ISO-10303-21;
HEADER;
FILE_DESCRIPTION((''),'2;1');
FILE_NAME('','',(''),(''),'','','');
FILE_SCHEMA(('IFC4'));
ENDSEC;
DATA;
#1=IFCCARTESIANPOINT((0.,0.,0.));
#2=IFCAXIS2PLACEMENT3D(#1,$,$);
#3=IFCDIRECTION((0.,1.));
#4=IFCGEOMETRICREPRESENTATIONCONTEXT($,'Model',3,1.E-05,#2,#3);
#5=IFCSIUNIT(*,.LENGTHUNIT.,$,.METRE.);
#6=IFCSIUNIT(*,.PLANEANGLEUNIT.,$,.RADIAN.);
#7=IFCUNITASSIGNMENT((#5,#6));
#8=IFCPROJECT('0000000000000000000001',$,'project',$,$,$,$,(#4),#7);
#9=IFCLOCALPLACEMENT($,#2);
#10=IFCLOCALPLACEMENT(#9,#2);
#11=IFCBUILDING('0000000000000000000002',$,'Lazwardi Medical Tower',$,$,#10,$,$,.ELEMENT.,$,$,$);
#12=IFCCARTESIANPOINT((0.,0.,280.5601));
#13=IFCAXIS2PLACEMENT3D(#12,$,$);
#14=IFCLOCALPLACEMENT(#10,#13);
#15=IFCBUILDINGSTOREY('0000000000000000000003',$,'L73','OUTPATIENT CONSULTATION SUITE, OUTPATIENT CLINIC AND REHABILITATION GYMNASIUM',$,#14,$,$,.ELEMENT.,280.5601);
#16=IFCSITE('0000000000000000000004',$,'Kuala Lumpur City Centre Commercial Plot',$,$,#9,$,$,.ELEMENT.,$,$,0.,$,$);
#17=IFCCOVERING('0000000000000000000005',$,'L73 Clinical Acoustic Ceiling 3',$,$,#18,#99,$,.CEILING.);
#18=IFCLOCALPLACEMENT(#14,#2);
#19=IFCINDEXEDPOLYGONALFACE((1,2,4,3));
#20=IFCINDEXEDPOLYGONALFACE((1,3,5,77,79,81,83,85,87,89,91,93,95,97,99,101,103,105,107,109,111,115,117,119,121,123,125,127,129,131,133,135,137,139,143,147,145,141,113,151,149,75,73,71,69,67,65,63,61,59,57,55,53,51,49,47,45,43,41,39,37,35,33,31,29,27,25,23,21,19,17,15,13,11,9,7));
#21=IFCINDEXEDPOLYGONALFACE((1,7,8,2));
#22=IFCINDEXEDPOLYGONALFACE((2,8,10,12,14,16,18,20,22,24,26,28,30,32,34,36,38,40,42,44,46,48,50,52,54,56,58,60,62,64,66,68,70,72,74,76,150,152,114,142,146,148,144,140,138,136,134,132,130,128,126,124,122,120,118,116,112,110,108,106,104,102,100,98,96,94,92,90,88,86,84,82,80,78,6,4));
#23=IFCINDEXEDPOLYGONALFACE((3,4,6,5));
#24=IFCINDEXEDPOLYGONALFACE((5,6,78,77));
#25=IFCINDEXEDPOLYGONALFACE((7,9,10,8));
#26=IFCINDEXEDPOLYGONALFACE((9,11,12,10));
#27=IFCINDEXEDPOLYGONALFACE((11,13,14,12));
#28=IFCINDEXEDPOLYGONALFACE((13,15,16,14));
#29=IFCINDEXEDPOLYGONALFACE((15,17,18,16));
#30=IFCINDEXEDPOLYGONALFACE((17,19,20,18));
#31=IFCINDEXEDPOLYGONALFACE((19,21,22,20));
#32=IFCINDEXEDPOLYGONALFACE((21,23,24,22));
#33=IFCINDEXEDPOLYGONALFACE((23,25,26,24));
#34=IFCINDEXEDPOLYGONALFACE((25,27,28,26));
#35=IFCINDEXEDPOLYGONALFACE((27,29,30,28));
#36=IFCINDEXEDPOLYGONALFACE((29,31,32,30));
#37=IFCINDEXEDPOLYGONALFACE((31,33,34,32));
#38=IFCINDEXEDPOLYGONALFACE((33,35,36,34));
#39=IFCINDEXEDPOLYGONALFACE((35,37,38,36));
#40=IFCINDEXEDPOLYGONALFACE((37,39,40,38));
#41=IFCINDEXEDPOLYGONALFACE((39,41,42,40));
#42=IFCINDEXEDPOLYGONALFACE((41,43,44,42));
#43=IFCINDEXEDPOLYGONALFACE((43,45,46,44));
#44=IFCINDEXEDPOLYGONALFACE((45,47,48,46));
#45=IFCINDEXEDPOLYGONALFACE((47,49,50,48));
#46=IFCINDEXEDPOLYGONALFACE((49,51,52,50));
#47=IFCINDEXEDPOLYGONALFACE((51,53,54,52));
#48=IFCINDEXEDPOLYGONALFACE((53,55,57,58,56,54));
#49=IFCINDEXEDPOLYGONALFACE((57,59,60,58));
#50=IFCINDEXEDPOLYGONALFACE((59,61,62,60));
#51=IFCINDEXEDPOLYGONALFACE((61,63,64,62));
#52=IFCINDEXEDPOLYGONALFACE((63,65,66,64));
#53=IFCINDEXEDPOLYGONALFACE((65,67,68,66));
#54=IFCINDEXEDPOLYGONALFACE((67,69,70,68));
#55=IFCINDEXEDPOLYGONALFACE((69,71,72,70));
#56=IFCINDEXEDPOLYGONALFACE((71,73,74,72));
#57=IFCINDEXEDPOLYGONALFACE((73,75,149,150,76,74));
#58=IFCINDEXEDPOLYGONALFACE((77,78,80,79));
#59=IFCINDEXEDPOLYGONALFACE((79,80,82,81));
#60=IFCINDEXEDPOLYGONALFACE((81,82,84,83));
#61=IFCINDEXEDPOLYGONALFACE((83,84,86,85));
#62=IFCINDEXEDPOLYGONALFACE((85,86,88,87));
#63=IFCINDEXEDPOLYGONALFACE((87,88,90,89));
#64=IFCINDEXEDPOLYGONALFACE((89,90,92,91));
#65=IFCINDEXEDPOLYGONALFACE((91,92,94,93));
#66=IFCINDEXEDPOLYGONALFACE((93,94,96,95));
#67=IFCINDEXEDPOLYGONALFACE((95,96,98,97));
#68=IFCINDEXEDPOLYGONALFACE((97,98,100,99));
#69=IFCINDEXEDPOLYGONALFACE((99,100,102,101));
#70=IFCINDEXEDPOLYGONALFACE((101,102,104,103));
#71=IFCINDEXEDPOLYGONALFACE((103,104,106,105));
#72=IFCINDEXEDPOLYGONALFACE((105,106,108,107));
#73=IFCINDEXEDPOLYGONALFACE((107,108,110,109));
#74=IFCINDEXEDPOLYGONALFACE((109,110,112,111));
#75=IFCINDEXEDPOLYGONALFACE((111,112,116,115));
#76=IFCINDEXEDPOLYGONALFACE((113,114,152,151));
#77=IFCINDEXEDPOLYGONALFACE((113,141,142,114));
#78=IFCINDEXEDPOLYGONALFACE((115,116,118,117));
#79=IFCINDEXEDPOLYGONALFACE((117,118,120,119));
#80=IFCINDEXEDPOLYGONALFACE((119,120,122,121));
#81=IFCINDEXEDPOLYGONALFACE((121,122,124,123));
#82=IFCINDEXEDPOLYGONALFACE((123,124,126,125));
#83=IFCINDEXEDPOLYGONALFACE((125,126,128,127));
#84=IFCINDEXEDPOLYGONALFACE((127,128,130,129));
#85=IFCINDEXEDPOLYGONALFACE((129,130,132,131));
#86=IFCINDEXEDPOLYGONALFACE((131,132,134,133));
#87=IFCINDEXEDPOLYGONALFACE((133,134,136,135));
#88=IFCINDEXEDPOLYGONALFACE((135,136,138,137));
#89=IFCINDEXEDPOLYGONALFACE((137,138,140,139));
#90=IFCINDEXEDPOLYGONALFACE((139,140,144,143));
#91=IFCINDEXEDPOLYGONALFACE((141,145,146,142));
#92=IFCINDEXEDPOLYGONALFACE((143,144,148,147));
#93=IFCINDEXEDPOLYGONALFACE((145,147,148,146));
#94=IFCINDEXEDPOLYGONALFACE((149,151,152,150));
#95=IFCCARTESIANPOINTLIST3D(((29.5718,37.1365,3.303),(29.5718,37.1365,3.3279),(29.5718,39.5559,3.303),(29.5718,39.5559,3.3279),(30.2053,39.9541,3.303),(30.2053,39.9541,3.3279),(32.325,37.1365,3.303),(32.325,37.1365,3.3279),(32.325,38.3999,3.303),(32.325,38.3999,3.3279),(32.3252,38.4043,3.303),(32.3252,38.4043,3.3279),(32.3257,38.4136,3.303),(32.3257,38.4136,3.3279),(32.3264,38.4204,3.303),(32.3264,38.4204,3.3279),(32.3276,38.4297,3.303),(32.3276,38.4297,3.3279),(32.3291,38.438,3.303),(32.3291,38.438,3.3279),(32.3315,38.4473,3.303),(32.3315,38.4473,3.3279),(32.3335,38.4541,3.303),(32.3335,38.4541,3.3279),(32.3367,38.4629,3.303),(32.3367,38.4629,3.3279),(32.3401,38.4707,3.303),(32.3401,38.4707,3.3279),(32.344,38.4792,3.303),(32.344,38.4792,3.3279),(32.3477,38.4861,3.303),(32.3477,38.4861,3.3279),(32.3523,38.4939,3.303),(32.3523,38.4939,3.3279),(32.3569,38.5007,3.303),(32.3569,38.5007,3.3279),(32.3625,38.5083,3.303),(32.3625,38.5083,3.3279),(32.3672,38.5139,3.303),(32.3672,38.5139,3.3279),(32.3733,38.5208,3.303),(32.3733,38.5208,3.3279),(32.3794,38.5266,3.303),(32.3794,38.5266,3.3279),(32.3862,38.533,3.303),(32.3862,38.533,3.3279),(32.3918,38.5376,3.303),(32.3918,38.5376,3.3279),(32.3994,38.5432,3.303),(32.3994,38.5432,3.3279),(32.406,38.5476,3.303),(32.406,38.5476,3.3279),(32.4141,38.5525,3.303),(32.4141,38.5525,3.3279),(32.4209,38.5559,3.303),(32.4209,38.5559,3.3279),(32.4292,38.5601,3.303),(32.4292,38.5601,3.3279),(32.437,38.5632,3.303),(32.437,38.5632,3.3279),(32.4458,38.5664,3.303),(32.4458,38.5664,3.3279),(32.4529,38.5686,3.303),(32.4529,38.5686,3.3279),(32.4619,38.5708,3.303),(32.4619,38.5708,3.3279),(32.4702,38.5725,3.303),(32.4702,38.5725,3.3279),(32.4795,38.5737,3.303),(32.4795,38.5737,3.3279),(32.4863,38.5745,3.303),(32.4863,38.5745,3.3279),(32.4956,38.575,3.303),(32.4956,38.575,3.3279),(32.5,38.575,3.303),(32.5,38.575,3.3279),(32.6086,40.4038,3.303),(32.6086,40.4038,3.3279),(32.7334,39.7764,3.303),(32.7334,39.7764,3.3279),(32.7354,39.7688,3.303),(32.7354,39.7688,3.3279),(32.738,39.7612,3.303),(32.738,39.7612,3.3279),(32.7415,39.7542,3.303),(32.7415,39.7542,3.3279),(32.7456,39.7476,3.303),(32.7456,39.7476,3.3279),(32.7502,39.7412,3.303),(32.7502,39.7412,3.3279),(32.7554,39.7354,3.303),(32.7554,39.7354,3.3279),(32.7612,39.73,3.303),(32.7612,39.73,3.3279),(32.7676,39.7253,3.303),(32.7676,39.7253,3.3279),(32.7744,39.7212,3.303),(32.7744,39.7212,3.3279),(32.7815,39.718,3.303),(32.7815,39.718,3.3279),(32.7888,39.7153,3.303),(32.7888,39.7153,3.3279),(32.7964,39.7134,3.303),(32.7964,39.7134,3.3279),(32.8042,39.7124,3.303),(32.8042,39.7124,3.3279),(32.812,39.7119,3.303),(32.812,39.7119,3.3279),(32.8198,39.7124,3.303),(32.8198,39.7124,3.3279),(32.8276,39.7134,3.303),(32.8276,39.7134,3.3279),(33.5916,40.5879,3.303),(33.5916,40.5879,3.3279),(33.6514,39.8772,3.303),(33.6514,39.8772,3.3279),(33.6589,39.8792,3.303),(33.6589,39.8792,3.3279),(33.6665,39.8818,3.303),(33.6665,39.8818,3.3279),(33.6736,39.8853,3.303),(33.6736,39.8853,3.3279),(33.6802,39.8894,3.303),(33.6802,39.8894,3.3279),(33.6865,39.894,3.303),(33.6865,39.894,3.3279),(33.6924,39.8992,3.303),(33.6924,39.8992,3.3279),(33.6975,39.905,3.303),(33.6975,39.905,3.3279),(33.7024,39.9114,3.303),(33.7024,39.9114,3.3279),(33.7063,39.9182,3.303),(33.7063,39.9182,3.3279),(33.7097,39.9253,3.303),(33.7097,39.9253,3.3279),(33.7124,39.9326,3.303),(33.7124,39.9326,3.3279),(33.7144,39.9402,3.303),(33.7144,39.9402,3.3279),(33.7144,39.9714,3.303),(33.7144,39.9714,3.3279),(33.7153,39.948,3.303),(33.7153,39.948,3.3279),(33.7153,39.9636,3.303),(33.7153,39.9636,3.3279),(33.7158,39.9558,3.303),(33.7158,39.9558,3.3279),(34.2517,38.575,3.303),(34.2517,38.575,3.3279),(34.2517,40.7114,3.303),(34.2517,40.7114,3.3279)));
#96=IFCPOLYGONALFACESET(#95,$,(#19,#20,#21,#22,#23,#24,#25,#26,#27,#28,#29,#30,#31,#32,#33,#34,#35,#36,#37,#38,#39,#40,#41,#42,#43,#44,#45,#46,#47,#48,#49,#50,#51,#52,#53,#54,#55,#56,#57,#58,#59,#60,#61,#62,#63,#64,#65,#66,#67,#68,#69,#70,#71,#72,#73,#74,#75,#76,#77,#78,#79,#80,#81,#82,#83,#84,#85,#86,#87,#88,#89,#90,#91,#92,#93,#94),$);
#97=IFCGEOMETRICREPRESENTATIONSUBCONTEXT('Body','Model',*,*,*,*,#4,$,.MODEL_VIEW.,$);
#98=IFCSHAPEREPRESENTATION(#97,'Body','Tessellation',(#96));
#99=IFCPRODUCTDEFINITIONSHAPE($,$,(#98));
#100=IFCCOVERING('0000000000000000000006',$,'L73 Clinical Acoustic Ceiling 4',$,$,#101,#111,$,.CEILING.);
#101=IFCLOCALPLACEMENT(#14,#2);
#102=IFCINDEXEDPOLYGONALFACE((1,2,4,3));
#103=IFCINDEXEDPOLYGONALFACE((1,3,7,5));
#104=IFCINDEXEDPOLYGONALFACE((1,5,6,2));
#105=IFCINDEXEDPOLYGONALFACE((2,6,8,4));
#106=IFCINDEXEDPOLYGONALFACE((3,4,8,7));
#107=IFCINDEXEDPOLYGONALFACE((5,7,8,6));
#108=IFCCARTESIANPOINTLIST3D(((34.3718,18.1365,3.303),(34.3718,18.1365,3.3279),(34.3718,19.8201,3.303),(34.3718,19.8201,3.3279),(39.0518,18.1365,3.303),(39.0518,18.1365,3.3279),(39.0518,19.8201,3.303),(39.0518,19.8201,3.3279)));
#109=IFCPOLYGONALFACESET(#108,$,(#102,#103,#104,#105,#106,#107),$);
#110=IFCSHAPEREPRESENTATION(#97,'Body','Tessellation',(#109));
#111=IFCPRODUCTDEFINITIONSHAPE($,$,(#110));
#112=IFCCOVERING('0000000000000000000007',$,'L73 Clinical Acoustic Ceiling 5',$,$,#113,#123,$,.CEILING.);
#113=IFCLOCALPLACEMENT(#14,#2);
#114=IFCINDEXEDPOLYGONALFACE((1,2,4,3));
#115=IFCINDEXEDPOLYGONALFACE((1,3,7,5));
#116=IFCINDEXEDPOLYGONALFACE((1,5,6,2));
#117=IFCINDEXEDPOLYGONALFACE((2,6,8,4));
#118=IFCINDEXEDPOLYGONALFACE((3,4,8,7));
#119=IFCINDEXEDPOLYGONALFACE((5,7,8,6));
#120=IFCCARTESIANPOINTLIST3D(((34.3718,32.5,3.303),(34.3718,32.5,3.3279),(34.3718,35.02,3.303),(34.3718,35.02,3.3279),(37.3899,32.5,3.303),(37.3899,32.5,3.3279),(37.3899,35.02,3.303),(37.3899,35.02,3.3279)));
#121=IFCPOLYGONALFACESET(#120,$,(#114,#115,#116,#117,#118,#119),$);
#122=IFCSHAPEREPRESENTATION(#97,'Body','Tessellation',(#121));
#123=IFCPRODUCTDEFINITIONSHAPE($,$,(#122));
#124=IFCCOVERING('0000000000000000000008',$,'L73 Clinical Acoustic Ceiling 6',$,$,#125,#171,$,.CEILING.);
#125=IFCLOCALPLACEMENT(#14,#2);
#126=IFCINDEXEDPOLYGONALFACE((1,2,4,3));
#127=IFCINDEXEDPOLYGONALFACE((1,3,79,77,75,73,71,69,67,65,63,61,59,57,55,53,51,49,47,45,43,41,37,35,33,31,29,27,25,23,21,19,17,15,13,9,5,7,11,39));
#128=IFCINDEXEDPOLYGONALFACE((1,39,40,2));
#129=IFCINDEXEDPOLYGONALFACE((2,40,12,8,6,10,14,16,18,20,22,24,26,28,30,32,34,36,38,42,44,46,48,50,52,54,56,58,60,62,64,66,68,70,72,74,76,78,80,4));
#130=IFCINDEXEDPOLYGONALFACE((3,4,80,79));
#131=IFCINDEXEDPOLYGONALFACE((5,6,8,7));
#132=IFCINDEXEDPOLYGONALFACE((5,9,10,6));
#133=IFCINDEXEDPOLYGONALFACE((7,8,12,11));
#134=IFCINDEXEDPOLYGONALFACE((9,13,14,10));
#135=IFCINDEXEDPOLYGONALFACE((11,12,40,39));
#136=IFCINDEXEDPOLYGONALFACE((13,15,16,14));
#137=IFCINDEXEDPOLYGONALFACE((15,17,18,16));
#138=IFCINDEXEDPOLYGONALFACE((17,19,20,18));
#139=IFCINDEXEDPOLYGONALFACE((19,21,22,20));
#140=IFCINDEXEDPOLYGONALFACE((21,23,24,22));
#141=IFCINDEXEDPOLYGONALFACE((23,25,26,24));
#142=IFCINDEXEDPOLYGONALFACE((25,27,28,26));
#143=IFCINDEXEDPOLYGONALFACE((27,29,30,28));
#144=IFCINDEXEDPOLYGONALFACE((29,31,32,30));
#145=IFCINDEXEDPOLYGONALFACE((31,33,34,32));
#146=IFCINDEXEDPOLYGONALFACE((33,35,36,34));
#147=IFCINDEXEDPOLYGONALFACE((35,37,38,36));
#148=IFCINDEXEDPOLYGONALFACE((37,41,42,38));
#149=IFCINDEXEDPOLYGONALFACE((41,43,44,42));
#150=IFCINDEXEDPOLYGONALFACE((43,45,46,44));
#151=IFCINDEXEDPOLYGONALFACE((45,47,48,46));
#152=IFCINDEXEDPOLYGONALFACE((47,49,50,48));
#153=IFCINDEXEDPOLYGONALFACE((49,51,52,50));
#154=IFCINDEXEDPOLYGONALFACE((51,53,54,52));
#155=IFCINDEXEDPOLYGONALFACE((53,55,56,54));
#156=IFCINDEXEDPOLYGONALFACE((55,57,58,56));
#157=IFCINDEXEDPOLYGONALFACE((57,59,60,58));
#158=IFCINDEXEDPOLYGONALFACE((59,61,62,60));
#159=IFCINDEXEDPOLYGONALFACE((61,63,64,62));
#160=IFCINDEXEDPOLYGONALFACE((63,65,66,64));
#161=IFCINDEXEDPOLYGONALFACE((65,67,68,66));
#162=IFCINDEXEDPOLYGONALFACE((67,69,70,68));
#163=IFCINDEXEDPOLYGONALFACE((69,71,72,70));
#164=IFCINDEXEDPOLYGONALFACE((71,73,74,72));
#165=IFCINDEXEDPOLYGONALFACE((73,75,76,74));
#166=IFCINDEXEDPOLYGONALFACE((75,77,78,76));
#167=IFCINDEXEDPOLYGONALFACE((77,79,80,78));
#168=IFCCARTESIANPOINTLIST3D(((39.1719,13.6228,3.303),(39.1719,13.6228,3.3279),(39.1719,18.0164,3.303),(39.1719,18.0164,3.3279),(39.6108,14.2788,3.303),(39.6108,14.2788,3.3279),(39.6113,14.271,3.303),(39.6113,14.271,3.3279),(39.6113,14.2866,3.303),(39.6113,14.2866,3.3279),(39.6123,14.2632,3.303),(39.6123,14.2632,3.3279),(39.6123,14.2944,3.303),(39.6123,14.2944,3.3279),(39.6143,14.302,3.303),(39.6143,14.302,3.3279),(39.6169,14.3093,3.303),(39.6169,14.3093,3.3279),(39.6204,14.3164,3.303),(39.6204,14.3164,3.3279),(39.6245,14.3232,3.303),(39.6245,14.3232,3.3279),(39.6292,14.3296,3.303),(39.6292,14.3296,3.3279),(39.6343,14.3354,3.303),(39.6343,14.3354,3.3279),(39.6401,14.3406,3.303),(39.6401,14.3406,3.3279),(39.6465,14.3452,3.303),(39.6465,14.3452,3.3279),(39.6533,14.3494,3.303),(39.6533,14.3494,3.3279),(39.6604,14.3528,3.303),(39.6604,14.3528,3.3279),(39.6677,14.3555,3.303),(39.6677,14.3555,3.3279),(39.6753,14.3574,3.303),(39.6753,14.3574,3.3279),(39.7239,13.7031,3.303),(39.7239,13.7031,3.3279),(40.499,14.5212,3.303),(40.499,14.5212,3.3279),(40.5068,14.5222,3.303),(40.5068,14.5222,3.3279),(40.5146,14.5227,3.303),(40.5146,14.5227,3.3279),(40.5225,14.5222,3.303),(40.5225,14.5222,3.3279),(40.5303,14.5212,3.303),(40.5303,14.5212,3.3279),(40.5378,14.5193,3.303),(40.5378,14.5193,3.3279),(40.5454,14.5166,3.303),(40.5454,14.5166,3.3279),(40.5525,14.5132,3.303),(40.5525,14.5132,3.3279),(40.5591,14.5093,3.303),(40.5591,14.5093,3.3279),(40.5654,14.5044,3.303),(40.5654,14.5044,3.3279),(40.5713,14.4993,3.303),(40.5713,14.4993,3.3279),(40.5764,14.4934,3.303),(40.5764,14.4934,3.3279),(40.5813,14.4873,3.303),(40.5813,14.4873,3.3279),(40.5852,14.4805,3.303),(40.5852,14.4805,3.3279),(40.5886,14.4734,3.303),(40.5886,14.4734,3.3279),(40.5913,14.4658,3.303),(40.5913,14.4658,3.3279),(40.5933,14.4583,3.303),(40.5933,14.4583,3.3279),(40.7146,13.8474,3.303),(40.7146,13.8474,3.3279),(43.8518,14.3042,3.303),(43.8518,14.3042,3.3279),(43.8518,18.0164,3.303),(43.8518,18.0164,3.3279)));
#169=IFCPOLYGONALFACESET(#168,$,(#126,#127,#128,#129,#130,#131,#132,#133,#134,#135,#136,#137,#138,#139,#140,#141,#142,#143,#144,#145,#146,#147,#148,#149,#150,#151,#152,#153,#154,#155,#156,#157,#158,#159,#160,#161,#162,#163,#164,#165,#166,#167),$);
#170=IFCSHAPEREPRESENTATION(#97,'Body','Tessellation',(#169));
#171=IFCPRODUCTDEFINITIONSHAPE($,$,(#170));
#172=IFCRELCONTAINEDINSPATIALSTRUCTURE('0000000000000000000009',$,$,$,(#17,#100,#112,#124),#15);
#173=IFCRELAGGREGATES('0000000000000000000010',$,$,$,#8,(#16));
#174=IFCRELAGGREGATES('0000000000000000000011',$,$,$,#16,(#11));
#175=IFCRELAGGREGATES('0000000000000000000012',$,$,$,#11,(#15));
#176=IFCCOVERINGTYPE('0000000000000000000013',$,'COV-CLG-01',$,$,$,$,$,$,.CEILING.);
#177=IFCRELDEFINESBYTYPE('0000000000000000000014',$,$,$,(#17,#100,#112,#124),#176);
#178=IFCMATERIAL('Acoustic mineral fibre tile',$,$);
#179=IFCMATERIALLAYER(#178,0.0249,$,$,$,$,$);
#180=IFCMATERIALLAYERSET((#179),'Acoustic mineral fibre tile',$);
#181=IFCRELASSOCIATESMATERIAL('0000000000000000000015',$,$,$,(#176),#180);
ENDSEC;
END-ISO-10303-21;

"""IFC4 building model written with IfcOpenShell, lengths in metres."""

from ifc_helpers import new_model, si_unit, direction, frame, origin, place, context, subcontext, project, spatial, polyline, outline, extrude, material, layer, layer_set, type_object, element, save


model = new_model("IFC4")

# Units and contexts
model_context = context("Model", 3, precision=1e-05, world=origin(), true_north=direction((0.0, 1.0)))
body_context = subcontext(model_context, "Body", "Model", "MODEL_VIEW")
ifc_project = project(units=[si_unit("LENGTHUNIT", "METRE"), si_unit("PLANEANGLEUNIT", "RADIAN")], contexts=[model_context])

# Site, building, storey
site_placement = place(None, origin())
site = spatial("IfcSite", under=ifc_project, at=site_placement, Name="Kuala Lumpur City Centre Commercial Plot", CompositionType="ELEMENT", RefElevation=0.0)
building_placement = place(site_placement, origin())
building = spatial("IfcBuilding", under=site, at=building_placement, Name="Lazwardi Medical Tower", CompositionType="ELEMENT")
storey_placement = place(building_placement, frame((0.0, 0.0, 280.5601)))
storey = spatial("IfcBuildingStorey", under=building, at=storey_placement, Name="L73", Description="OUTPATIENT CONSULTATION SUITE, OUTPATIENT CLINIC AND REHABILITATION GYMNASIUM", CompositionType="ELEMENT", Elevation=280.5601)

# Coverings
ifc_material_1 = material(Name="Acoustic mineral fibre tile")
ifc_layer_1 = layer(ifc_material_1, 0.0249)
ifc_layer_set_1 = layer_set([ifc_layer_1], Name="Acoustic mineral fibre tile")
covering_type_1 = type_object("IfcCoveringType", Name="COV-CLG-01", PredefinedType="CEILING", material=ifc_layer_set_1)
covering_1_placement = place(storey_placement, frame((0.0, 0.0, 3.303)))
element("IfcCovering", 1, at=covering_1_placement, inside=storey, type_object=covering_type_1, Name="L73 Clinical Acoustic Ceiling 3", PredefinedType="CEILING", context=body_context, shape_type="SweptSolid", body=[
    extrude(outline(polyline([(34.2517, 40.7114), (33.5916, 40.5879), (33.7144, 39.9714), (33.7153, 39.9636), (33.7158, 39.9558), (33.7153, 39.948), (33.7144, 39.9402), (33.7124, 39.9326), (33.7097, 39.9253), (33.7063, 39.9182), (33.7024, 39.9114), (33.6975, 39.905), (33.6924, 39.8992), (33.6865, 39.894), (33.6802, 39.8894), (33.6736, 39.8853), (33.6665, 39.8818), (33.6589, 39.8792), (33.6514, 39.8772), (32.8276, 39.7134), (32.8198, 39.7124), (32.812, 39.7119), (32.8042, 39.7124), (32.7964, 39.7134), (32.7888, 39.7153), (32.7815, 39.718), (32.7744, 39.7212), (32.7676, 39.7253), (32.7612, 39.73), (32.7554, 39.7354), (32.7502, 39.7412), (32.7456, 39.7476), (32.7415, 39.7542), (32.738, 39.7612), (32.7354, 39.7688), (32.7334, 39.7764), (32.6086, 40.4038), (30.2053, 39.9541), (29.5718, 39.5559), (29.5718, 37.1365), (32.325, 37.1365), (32.325, 38.3999), (32.3252, 38.4043), (32.3257, 38.4136), (32.3264, 38.4204), (32.3276, 38.4297), (32.3291, 38.438), (32.3315, 38.4473), (32.3335, 38.4541), (32.3367, 38.4629), (32.3401, 38.4707), (32.344, 38.4792), (32.3477, 38.4861), (32.3523, 38.4939), (32.3569, 38.5007), (32.3625, 38.5083), (32.3672, 38.5139), (32.3733, 38.5208), (32.3794, 38.5266), (32.3862, 38.533), (32.3918, 38.5376), (32.3994, 38.5432), (32.406, 38.5476), (32.4141, 38.5525), (32.4209, 38.5559), (32.4292, 38.5601), (32.437, 38.5632), (32.4458, 38.5664), (32.4529, 38.5686), (32.4619, 38.5708), (32.4702, 38.5725), (32.4795, 38.5737), (32.4863, 38.5745), (32.4956, 38.575), (32.5, 38.575), (34.2517, 38.575), (34.2517, 40.7114)])), origin(), (0.0, 0.0, 1.0), 0.0249),
])
covering_2_placement = place(storey_placement, frame((0.0, 0.0, 3.303)))
element("IfcCovering", 2, at=covering_2_placement, inside=storey, type_object=covering_type_1, Name="L73 Clinical Acoustic Ceiling 4", PredefinedType="CEILING", context=body_context, shape_type="SweptSolid", body=[
    extrude(outline(polyline([(39.0518, 19.8201), (34.3718, 19.8201), (34.3718, 18.1365), (39.0518, 18.1365), (39.0518, 19.8201)])), origin(), (0.0, 0.0, 1.0), 0.0249),
])
covering_3_placement = place(storey_placement, frame((0.0, 0.0, 3.303)))
element("IfcCovering", 3, at=covering_3_placement, inside=storey, type_object=covering_type_1, Name="L73 Clinical Acoustic Ceiling 5", PredefinedType="CEILING", context=body_context, shape_type="SweptSolid", body=[
    extrude(outline(polyline([(34.3718, 32.5), (37.3899, 32.5), (37.3899, 35.02), (34.3718, 35.02), (34.3718, 32.5)])), origin(), (0.0, 0.0, 1.0), 0.0249),
])
covering_4_placement = place(storey_placement, frame((0.0, 0.0, 3.303)))
element("IfcCovering", 4, at=covering_4_placement, inside=storey, type_object=covering_type_1, Name="L73 Clinical Acoustic Ceiling 6", PredefinedType="CEILING", context=body_context, shape_type="SweptSolid", body=[
    extrude(outline(polyline([(39.1719, 13.6228), (39.7239, 13.7031), (39.6123, 14.2632), (39.6113, 14.271), (39.6108, 14.2788), (39.6113, 14.2866), (39.6123, 14.2944), (39.6143, 14.302), (39.6169, 14.3093), (39.6204, 14.3164), (39.6245, 14.3232), (39.6292, 14.3296), (39.6343, 14.3354), (39.6401, 14.3406), (39.6465, 14.3452), (39.6533, 14.3494), (39.6604, 14.3528), (39.6677, 14.3555), (39.6753, 14.3574), (40.499, 14.5212), (40.5068, 14.5222), (40.5146, 14.5227), (40.5225, 14.5222), (40.5303, 14.5212), (40.5378, 14.5193), (40.5454, 14.5166), (40.5525, 14.5132), (40.5591, 14.5093), (40.5654, 14.5044), (40.5713, 14.4993), (40.5764, 14.4934), (40.5813, 14.4873), (40.5852, 14.4805), (40.5886, 14.4734), (40.5913, 14.4658), (40.5933, 14.4583), (40.7146, 13.8474), (43.8518, 14.3042), (43.8518, 18.0164), (39.1719, 18.0164), (39.1719, 13.6228)])), origin(), (0.0, 0.0, 1.0), 0.0249),
])

save(model, "model.ifc")
